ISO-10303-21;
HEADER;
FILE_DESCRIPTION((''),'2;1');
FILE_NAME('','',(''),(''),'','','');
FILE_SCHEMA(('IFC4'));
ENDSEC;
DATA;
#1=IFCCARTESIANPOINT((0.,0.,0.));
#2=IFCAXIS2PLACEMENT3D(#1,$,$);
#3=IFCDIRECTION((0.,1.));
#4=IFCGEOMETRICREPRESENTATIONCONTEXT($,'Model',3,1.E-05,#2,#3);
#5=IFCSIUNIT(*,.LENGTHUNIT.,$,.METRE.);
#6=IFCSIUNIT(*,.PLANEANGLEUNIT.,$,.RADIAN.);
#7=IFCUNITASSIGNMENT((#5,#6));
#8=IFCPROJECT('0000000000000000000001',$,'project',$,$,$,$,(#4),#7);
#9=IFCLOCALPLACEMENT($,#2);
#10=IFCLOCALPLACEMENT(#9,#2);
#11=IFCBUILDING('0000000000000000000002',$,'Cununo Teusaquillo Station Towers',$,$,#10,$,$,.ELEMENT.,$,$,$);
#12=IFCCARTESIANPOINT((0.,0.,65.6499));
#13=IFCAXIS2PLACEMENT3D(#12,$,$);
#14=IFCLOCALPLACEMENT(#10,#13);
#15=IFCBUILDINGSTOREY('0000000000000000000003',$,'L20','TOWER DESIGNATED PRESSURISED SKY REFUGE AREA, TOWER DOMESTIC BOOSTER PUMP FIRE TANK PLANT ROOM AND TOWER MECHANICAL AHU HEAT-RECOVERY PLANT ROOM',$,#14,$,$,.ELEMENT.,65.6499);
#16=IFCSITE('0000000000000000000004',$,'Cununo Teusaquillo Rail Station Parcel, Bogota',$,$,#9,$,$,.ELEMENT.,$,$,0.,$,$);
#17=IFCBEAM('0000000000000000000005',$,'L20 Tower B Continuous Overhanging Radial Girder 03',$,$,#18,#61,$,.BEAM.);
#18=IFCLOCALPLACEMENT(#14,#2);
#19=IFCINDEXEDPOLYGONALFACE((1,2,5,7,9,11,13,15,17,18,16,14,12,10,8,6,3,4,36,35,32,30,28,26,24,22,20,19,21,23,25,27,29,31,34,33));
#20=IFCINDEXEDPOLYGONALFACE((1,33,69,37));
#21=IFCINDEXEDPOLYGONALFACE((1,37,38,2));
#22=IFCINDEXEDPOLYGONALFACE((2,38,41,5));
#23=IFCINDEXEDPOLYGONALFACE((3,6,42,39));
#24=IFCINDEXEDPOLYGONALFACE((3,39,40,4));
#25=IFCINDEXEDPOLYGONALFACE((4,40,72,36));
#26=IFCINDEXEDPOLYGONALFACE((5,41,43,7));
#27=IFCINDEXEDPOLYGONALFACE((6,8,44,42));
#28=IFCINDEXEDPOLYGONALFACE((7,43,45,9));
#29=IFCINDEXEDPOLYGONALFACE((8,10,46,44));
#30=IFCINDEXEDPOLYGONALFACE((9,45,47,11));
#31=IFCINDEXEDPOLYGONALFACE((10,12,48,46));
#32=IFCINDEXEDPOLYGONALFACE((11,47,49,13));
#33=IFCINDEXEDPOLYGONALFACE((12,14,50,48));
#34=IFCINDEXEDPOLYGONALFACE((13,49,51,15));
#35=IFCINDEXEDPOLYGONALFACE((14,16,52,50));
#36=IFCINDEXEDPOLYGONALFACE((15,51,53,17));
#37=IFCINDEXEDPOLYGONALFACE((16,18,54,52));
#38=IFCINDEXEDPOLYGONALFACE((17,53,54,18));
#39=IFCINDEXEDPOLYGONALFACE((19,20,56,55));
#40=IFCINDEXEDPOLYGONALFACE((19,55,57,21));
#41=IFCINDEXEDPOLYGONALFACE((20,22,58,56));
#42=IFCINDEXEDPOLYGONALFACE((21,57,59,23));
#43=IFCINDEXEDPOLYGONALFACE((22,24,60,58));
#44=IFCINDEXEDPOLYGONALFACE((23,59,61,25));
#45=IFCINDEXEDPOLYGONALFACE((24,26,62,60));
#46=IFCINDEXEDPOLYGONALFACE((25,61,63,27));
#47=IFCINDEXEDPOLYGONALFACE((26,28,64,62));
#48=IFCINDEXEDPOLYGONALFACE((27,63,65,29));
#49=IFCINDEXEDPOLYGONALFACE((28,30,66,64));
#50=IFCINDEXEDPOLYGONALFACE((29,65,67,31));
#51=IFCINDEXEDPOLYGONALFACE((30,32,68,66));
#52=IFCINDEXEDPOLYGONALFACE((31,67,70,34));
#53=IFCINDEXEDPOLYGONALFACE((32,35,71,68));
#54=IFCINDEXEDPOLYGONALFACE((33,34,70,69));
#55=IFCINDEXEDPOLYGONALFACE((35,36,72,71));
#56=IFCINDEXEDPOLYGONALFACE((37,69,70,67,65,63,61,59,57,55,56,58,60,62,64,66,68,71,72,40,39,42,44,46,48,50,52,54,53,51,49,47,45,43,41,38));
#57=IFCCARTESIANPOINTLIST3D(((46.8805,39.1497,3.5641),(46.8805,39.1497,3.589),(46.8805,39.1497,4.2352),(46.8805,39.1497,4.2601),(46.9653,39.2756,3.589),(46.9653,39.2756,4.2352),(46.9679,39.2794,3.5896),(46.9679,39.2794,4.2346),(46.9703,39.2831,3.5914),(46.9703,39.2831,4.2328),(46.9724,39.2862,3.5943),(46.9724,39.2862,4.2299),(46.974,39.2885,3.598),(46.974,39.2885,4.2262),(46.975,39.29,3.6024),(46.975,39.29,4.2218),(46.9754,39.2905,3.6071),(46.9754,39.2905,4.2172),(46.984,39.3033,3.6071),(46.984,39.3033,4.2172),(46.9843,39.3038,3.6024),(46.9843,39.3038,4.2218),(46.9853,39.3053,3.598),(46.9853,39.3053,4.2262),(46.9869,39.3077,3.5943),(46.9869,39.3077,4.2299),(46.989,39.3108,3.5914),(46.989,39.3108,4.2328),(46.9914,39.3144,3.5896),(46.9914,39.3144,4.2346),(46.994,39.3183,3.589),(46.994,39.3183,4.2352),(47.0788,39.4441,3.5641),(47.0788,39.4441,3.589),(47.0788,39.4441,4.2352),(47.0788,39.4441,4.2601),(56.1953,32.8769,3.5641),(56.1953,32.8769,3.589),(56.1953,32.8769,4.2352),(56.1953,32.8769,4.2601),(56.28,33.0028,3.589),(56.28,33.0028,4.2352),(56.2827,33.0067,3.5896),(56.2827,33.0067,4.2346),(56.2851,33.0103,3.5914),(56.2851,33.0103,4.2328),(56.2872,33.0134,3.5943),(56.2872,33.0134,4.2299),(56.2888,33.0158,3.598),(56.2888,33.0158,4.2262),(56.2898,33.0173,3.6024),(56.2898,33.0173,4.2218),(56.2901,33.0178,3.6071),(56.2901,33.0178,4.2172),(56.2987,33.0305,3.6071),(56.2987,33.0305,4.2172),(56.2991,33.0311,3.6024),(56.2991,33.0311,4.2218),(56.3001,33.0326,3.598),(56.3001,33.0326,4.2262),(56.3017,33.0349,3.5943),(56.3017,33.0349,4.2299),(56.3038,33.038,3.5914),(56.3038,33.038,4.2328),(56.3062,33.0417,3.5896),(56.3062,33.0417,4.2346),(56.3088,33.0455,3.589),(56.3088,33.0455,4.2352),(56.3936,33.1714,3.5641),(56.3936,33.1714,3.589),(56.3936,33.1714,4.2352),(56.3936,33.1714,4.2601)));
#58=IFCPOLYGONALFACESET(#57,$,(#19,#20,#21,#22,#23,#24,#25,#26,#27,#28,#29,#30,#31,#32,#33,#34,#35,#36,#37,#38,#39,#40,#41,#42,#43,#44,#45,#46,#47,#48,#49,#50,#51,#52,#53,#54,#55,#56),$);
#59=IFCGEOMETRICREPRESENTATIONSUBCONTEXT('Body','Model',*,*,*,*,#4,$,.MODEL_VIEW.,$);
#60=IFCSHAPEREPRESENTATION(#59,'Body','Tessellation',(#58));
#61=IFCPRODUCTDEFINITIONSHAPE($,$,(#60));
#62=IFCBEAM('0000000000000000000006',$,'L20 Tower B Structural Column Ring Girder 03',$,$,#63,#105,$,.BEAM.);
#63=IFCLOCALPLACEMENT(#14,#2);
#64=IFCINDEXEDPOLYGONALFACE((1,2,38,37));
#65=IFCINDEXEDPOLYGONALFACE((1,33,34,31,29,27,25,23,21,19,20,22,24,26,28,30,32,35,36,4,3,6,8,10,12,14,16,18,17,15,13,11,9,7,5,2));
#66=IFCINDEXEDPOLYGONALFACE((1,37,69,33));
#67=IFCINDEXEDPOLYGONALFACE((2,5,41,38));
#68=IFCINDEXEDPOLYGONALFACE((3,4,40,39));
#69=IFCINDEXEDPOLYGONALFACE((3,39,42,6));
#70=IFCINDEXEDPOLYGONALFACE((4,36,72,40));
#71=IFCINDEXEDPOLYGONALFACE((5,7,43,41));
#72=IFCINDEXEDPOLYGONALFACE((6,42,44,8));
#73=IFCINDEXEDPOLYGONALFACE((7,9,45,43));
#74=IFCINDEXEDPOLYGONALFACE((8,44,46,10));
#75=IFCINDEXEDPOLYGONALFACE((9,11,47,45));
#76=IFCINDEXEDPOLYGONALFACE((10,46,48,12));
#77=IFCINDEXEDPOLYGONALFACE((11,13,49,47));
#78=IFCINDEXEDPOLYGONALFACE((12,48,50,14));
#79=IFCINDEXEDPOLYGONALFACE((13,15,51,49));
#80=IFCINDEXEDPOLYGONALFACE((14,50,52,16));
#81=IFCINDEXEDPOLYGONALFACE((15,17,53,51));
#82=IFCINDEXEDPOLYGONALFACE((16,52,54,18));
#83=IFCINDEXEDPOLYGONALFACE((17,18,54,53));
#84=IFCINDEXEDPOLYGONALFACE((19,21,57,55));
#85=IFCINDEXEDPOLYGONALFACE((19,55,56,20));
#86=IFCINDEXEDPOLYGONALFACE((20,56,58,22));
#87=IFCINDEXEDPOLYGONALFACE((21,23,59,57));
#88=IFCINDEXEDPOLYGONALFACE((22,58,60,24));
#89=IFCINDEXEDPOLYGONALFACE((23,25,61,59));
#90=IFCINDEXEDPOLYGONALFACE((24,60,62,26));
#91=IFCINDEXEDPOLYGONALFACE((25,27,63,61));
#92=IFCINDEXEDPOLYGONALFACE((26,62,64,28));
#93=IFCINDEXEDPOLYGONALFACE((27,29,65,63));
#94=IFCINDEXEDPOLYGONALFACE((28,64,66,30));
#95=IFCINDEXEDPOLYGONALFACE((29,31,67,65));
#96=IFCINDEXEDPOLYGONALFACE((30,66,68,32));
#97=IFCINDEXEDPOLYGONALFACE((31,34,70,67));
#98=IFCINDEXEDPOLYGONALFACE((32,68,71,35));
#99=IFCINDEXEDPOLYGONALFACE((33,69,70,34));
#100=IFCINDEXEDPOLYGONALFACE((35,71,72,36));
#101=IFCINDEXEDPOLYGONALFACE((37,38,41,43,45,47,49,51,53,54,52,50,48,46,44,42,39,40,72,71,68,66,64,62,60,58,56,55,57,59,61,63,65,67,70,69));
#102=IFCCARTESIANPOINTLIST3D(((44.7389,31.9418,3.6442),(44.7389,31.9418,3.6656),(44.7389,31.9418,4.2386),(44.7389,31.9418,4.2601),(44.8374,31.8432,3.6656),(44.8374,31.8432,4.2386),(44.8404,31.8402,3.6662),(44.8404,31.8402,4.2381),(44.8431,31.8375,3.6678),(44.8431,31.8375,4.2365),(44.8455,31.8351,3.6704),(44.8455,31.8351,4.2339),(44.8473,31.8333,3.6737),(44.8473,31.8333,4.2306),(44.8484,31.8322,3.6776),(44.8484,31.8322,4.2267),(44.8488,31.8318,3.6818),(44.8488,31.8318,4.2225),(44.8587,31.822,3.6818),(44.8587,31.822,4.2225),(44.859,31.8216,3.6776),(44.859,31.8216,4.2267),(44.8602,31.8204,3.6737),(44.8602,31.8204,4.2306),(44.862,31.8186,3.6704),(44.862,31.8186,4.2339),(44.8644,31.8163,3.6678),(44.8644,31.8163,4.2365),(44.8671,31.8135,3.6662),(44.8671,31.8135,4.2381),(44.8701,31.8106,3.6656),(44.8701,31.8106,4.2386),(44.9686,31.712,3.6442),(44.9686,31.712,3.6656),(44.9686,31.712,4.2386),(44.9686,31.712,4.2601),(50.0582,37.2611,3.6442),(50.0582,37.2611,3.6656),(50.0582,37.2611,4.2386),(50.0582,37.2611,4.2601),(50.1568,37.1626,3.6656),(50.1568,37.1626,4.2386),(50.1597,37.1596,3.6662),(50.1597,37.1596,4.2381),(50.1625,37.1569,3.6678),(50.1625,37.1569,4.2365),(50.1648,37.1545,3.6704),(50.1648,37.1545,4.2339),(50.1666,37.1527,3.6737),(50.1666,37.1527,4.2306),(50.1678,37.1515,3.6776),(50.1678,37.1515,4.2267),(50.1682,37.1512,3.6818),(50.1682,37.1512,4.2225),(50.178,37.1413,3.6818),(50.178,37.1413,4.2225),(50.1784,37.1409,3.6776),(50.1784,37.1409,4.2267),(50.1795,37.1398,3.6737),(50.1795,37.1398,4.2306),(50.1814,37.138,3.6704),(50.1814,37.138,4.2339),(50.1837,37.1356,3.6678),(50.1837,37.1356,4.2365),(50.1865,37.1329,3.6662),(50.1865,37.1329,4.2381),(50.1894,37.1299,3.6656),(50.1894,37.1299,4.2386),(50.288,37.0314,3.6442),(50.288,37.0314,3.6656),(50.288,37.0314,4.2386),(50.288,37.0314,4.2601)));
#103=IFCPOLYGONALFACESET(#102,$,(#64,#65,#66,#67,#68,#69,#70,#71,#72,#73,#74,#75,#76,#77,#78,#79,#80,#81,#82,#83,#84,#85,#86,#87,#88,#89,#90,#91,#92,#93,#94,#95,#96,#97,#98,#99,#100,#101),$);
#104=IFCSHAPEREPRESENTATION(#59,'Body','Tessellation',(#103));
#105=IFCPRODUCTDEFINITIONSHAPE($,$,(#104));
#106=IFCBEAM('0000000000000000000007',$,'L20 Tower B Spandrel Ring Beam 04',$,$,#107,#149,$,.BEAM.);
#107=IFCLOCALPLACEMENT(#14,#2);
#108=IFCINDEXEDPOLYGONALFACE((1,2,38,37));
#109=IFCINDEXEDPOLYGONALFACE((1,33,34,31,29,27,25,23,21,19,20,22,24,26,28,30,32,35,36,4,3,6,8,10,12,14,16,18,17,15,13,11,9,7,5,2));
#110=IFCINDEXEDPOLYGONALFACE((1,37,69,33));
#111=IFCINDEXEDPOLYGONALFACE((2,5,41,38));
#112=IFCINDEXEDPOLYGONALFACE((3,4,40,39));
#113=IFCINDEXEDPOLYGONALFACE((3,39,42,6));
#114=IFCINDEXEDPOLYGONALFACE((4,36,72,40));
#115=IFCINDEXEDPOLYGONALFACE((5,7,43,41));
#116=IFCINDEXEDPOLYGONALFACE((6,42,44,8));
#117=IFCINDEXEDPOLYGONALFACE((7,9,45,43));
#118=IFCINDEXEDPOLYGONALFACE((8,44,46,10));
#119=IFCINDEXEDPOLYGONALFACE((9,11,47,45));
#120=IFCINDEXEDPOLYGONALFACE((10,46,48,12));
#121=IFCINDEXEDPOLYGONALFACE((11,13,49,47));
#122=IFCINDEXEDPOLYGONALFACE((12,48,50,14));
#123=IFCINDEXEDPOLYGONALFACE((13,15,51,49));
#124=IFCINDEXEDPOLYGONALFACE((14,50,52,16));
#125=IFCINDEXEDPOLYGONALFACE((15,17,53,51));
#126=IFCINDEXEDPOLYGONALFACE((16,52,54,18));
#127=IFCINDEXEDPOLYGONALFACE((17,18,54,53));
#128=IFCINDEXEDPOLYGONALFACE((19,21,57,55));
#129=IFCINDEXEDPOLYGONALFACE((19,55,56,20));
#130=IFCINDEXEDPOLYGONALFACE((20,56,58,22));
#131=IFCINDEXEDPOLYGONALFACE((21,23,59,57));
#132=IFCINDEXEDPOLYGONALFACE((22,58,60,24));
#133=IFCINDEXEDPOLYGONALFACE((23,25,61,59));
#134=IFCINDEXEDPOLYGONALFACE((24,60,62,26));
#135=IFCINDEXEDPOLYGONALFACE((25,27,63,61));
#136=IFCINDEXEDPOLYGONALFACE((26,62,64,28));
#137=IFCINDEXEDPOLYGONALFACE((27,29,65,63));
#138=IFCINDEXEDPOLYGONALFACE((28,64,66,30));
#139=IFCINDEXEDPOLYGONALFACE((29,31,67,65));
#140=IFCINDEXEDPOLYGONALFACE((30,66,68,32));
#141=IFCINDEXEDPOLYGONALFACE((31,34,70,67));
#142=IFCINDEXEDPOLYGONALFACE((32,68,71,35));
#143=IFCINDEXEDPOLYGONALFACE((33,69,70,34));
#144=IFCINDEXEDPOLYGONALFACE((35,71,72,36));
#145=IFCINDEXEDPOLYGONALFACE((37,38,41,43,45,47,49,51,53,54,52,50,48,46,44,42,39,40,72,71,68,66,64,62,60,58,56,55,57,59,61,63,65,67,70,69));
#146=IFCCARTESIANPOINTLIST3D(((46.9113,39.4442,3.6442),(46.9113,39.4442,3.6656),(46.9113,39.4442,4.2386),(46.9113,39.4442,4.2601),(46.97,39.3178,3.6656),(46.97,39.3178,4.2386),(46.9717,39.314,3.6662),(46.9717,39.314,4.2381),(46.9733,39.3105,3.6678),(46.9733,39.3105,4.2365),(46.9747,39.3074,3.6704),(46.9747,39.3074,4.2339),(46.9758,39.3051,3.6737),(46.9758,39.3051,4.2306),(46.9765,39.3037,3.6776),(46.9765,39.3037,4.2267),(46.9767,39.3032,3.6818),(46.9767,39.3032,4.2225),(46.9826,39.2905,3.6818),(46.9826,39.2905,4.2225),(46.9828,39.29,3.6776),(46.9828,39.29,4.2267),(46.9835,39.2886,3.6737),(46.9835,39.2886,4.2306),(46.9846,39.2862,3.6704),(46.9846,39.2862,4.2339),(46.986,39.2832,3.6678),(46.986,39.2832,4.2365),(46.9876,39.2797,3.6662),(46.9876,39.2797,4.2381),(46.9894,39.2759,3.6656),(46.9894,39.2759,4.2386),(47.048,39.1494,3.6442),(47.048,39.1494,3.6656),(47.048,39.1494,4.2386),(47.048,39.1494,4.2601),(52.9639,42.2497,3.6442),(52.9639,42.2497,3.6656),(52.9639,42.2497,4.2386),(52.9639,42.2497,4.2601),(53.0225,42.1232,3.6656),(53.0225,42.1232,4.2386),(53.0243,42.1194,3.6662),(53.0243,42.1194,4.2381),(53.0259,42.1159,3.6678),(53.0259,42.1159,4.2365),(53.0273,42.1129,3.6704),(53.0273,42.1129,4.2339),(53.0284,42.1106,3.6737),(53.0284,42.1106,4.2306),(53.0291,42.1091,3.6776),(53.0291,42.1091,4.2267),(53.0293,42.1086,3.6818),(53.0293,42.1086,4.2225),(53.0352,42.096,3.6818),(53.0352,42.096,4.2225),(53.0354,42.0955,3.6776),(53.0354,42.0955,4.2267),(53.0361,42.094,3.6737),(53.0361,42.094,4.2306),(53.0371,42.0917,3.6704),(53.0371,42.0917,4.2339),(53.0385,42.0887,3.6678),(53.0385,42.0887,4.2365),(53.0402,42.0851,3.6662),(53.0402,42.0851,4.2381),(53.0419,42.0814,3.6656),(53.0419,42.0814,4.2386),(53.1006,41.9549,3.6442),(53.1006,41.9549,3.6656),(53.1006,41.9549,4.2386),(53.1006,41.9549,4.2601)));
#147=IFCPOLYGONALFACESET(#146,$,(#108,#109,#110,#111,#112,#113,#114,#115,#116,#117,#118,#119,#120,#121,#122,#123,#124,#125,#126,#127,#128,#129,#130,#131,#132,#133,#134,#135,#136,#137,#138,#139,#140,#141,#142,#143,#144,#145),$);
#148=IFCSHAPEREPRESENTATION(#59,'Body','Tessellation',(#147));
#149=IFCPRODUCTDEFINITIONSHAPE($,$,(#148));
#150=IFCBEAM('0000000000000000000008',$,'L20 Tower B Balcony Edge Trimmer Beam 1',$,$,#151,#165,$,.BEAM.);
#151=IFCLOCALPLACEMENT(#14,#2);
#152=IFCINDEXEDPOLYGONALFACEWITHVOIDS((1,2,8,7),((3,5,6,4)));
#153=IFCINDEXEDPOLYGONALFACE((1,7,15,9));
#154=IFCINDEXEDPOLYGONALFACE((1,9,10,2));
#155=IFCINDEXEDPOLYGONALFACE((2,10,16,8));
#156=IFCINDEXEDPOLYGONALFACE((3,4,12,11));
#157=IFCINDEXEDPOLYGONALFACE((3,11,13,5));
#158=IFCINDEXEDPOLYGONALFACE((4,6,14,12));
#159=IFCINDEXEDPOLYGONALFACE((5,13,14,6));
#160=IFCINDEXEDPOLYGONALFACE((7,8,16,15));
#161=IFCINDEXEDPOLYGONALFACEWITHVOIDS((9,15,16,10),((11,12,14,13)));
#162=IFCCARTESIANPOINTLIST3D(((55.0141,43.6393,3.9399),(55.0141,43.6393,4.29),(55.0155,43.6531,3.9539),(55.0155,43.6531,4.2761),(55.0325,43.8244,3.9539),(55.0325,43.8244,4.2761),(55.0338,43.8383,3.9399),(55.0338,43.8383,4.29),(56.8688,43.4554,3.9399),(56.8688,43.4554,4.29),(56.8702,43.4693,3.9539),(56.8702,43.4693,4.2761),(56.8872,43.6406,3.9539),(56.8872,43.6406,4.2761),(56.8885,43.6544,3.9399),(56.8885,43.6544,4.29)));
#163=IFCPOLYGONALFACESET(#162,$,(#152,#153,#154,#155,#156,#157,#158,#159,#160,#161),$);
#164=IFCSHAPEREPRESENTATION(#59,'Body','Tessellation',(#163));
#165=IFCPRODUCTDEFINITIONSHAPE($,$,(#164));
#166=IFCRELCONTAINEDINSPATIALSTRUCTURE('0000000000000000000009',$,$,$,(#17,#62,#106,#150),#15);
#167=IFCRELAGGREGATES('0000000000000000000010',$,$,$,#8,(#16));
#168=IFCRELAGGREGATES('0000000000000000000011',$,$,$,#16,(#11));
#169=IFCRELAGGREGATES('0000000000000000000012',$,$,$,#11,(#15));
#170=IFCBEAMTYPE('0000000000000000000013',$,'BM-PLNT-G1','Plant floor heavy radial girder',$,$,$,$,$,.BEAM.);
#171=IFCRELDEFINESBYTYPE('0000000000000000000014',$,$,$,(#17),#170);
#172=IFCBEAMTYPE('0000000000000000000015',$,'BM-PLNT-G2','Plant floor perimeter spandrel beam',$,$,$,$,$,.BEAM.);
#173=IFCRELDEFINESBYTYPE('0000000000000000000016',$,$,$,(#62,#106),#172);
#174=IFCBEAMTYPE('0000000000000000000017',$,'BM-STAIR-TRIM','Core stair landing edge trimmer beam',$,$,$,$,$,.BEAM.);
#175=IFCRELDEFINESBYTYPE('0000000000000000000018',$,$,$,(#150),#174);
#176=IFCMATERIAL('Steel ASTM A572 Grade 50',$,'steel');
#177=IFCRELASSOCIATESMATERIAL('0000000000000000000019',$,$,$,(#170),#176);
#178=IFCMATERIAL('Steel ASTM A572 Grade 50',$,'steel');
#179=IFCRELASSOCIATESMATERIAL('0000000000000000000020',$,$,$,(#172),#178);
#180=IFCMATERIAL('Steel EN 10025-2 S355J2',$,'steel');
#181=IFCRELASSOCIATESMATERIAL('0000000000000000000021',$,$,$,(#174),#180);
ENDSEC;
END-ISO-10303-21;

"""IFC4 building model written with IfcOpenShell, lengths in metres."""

from ifc_helpers import new_model, si_unit, direction, frame, origin, origin_2d, place, context, subcontext, project, spatial, hollow_rectangle, i_section, extrude, material, material_profile, profile_set, type_object, element, save


model = new_model("IFC4")

# Units and contexts
model_context = context("Model", 3, precision=1e-05, world=origin(), true_north=direction((0.0, 1.0)))
body_context = subcontext(model_context, "Body", "Model", "MODEL_VIEW")
ifc_project = project(units=[si_unit("LENGTHUNIT", "METRE"), si_unit("PLANEANGLEUNIT", "RADIAN")], contexts=[model_context])

# Site, building, storey
site_placement = place(None, origin())
site = spatial("IfcSite", under=ifc_project, at=site_placement, Name="Cununo Teusaquillo Rail Station Parcel, Bogota", CompositionType="ELEMENT", RefElevation=0.0)
building_placement = place(site_placement, origin())
building = spatial("IfcBuilding", under=site, at=building_placement, Name="Cununo Teusaquillo Station Towers", CompositionType="ELEMENT")
storey_placement = place(building_placement, frame((0.0, 0.0, 65.6499)))
storey = spatial("IfcBuildingStorey", under=building, at=storey_placement, Name="L20", Description="TOWER DESIGNATED PRESSURISED SKY REFUGE AREA, TOWER DOMESTIC BOOSTER PUMP FIRE TANK PLANT ROOM AND TOWER MECHANICAL AHU HEAT-RECOVERY PLANT ROOM", CompositionType="ELEMENT", Elevation=65.6499)

# Beams
ifc_material_1 = material(Name="Steel ASTM A572 Grade 50", Category="steel")
ifc_material_profile_1 = material_profile(ifc_material_1, i_section(OverallWidth=0.355, OverallDepth=0.696, WebThickness=0.0154, FlangeThickness=0.0249, FilletRadius=0.0181, at=origin_2d()), Name="W27X146")
ifc_profile_set_1 = profile_set([ifc_material_profile_1], Name="Steel ASTM A572 Grade 50")
beam_type_1 = type_object("IfcBeamType", Name="BM-PLNT-G1", Description="Plant floor heavy radial girder", PredefinedType="BEAM", material=ifc_profile_set_1)
beam_1_placement = place(storey_placement, frame((56.2944, 33.0242, 3.9121), z_axis=(-0.829456, 0.558572, 0.0), x_axis=(-0.558572, -0.829456, 0.0)))
element("IfcBeam", 1, at=beam_1_placement, inside=storey, type_object=beam_type_1, Name="L20 Tower B Continuous Overhanging Radial Girder 03", PredefinedType="BEAM", context=body_context, shape_type="SweptSolid", body=[
    extrude(i_section(OverallWidth=0.355, OverallDepth=0.696, WebThickness=0.0154, FlangeThickness=0.0249, FilletRadius=0.0181, at=origin_2d()), origin(), (0.0, 0.0, 1.0), 11.23),
])
ifc_material_2 = material(Name="Steel ASTM A572 Grade 50", Category="steel")
ifc_material_profile_2 = material_profile(ifc_material_2, i_section(OverallWidth=0.325, OverallDepth=0.616, WebThickness=0.0139, FlangeThickness=0.0215, FilletRadius=0.0161, at=origin_2d()), Name="W24X117")
ifc_profile_set_2 = profile_set([ifc_material_profile_2], Name="Steel ASTM A572 Grade 50")
beam_type_2 = type_object("IfcBeamType", Name="BM-PLNT-G2", Description="Plant floor perimeter spandrel beam", PredefinedType="BEAM", material=ifc_profile_set_2)
beam_2_placement = place(storey_placement, frame((50.1731, 37.1462, 3.9521), z_axis=(-0.707107, -0.707107, 0.0), x_axis=(0.707107, -0.707107, 0.0)))
element("IfcBeam", 2, at=beam_2_placement, inside=storey, type_object=beam_type_2, Name="L20 Tower B Structural Column Ring Girder 03", PredefinedType="BEAM", context=body_context, shape_type="SweptSolid", body=[
    extrude(i_section(OverallWidth=0.325, OverallDepth=0.616, WebThickness=0.0139, FlangeThickness=0.0215, FilletRadius=0.0161, at=origin_2d()), origin(), (0.0, 0.0, 1.0), 7.5227),
])
beam_3_placement = place(storey_placement, frame((53.0322, 42.1023, 3.9521), z_axis=(-0.907276, -0.420536, 0.0), x_axis=(0.420536, -0.907276, 0.0)))
element("IfcBeam", 3, at=beam_3_placement, inside=storey, type_object=beam_type_2, Name="L20 Tower B Spandrel Ring Beam 04", PredefinedType="BEAM", context=body_context, shape_type="SweptSolid", body=[
    extrude(i_section(OverallWidth=0.325, OverallDepth=0.616, WebThickness=0.0139, FlangeThickness=0.0215, FilletRadius=0.0161, at=origin_2d()), origin(), (0.0, 0.0, 1.0), 6.6711),
])
ifc_material_3 = material(Name="Steel EN 10025-2 S355J2", Category="steel")
ifc_material_profile_3 = material_profile(ifc_material_3, hollow_rectangle(XDim=0.2, YDim=0.3501, WallThickness=0.0139, at=origin_2d()), Name="RHS 350x200x14")
ifc_profile_set_3 = profile_set([ifc_material_profile_3], Name="Steel EN 10025-2 S355J2")
beam_type_3 = type_object("IfcBeamType", Name="BM-STAIR-TRIM", Description="Core stair landing edge trimmer beam", PredefinedType="BEAM", material=ifc_profile_set_3)
beam_4_placement = place(storey_placement, frame((56.8787, 43.5549, 4.115), z_axis=(-0.995124, 0.098635, 0.0), x_axis=(-0.098635, -0.995124, 0.0)))
element("IfcBeam", 4, at=beam_4_placement, inside=storey, type_object=beam_type_3, Name="L20 Tower B Balcony Edge Trimmer Beam 1", PredefinedType="BEAM", context=body_context, shape_type="SweptSolid", body=[
    extrude(hollow_rectangle(XDim=0.2, YDim=0.3501, WallThickness=0.0139, at=origin_2d()), origin(), (0.0, 0.0, 1.0), 1.8638),
])

save(model, "model.ifc")
